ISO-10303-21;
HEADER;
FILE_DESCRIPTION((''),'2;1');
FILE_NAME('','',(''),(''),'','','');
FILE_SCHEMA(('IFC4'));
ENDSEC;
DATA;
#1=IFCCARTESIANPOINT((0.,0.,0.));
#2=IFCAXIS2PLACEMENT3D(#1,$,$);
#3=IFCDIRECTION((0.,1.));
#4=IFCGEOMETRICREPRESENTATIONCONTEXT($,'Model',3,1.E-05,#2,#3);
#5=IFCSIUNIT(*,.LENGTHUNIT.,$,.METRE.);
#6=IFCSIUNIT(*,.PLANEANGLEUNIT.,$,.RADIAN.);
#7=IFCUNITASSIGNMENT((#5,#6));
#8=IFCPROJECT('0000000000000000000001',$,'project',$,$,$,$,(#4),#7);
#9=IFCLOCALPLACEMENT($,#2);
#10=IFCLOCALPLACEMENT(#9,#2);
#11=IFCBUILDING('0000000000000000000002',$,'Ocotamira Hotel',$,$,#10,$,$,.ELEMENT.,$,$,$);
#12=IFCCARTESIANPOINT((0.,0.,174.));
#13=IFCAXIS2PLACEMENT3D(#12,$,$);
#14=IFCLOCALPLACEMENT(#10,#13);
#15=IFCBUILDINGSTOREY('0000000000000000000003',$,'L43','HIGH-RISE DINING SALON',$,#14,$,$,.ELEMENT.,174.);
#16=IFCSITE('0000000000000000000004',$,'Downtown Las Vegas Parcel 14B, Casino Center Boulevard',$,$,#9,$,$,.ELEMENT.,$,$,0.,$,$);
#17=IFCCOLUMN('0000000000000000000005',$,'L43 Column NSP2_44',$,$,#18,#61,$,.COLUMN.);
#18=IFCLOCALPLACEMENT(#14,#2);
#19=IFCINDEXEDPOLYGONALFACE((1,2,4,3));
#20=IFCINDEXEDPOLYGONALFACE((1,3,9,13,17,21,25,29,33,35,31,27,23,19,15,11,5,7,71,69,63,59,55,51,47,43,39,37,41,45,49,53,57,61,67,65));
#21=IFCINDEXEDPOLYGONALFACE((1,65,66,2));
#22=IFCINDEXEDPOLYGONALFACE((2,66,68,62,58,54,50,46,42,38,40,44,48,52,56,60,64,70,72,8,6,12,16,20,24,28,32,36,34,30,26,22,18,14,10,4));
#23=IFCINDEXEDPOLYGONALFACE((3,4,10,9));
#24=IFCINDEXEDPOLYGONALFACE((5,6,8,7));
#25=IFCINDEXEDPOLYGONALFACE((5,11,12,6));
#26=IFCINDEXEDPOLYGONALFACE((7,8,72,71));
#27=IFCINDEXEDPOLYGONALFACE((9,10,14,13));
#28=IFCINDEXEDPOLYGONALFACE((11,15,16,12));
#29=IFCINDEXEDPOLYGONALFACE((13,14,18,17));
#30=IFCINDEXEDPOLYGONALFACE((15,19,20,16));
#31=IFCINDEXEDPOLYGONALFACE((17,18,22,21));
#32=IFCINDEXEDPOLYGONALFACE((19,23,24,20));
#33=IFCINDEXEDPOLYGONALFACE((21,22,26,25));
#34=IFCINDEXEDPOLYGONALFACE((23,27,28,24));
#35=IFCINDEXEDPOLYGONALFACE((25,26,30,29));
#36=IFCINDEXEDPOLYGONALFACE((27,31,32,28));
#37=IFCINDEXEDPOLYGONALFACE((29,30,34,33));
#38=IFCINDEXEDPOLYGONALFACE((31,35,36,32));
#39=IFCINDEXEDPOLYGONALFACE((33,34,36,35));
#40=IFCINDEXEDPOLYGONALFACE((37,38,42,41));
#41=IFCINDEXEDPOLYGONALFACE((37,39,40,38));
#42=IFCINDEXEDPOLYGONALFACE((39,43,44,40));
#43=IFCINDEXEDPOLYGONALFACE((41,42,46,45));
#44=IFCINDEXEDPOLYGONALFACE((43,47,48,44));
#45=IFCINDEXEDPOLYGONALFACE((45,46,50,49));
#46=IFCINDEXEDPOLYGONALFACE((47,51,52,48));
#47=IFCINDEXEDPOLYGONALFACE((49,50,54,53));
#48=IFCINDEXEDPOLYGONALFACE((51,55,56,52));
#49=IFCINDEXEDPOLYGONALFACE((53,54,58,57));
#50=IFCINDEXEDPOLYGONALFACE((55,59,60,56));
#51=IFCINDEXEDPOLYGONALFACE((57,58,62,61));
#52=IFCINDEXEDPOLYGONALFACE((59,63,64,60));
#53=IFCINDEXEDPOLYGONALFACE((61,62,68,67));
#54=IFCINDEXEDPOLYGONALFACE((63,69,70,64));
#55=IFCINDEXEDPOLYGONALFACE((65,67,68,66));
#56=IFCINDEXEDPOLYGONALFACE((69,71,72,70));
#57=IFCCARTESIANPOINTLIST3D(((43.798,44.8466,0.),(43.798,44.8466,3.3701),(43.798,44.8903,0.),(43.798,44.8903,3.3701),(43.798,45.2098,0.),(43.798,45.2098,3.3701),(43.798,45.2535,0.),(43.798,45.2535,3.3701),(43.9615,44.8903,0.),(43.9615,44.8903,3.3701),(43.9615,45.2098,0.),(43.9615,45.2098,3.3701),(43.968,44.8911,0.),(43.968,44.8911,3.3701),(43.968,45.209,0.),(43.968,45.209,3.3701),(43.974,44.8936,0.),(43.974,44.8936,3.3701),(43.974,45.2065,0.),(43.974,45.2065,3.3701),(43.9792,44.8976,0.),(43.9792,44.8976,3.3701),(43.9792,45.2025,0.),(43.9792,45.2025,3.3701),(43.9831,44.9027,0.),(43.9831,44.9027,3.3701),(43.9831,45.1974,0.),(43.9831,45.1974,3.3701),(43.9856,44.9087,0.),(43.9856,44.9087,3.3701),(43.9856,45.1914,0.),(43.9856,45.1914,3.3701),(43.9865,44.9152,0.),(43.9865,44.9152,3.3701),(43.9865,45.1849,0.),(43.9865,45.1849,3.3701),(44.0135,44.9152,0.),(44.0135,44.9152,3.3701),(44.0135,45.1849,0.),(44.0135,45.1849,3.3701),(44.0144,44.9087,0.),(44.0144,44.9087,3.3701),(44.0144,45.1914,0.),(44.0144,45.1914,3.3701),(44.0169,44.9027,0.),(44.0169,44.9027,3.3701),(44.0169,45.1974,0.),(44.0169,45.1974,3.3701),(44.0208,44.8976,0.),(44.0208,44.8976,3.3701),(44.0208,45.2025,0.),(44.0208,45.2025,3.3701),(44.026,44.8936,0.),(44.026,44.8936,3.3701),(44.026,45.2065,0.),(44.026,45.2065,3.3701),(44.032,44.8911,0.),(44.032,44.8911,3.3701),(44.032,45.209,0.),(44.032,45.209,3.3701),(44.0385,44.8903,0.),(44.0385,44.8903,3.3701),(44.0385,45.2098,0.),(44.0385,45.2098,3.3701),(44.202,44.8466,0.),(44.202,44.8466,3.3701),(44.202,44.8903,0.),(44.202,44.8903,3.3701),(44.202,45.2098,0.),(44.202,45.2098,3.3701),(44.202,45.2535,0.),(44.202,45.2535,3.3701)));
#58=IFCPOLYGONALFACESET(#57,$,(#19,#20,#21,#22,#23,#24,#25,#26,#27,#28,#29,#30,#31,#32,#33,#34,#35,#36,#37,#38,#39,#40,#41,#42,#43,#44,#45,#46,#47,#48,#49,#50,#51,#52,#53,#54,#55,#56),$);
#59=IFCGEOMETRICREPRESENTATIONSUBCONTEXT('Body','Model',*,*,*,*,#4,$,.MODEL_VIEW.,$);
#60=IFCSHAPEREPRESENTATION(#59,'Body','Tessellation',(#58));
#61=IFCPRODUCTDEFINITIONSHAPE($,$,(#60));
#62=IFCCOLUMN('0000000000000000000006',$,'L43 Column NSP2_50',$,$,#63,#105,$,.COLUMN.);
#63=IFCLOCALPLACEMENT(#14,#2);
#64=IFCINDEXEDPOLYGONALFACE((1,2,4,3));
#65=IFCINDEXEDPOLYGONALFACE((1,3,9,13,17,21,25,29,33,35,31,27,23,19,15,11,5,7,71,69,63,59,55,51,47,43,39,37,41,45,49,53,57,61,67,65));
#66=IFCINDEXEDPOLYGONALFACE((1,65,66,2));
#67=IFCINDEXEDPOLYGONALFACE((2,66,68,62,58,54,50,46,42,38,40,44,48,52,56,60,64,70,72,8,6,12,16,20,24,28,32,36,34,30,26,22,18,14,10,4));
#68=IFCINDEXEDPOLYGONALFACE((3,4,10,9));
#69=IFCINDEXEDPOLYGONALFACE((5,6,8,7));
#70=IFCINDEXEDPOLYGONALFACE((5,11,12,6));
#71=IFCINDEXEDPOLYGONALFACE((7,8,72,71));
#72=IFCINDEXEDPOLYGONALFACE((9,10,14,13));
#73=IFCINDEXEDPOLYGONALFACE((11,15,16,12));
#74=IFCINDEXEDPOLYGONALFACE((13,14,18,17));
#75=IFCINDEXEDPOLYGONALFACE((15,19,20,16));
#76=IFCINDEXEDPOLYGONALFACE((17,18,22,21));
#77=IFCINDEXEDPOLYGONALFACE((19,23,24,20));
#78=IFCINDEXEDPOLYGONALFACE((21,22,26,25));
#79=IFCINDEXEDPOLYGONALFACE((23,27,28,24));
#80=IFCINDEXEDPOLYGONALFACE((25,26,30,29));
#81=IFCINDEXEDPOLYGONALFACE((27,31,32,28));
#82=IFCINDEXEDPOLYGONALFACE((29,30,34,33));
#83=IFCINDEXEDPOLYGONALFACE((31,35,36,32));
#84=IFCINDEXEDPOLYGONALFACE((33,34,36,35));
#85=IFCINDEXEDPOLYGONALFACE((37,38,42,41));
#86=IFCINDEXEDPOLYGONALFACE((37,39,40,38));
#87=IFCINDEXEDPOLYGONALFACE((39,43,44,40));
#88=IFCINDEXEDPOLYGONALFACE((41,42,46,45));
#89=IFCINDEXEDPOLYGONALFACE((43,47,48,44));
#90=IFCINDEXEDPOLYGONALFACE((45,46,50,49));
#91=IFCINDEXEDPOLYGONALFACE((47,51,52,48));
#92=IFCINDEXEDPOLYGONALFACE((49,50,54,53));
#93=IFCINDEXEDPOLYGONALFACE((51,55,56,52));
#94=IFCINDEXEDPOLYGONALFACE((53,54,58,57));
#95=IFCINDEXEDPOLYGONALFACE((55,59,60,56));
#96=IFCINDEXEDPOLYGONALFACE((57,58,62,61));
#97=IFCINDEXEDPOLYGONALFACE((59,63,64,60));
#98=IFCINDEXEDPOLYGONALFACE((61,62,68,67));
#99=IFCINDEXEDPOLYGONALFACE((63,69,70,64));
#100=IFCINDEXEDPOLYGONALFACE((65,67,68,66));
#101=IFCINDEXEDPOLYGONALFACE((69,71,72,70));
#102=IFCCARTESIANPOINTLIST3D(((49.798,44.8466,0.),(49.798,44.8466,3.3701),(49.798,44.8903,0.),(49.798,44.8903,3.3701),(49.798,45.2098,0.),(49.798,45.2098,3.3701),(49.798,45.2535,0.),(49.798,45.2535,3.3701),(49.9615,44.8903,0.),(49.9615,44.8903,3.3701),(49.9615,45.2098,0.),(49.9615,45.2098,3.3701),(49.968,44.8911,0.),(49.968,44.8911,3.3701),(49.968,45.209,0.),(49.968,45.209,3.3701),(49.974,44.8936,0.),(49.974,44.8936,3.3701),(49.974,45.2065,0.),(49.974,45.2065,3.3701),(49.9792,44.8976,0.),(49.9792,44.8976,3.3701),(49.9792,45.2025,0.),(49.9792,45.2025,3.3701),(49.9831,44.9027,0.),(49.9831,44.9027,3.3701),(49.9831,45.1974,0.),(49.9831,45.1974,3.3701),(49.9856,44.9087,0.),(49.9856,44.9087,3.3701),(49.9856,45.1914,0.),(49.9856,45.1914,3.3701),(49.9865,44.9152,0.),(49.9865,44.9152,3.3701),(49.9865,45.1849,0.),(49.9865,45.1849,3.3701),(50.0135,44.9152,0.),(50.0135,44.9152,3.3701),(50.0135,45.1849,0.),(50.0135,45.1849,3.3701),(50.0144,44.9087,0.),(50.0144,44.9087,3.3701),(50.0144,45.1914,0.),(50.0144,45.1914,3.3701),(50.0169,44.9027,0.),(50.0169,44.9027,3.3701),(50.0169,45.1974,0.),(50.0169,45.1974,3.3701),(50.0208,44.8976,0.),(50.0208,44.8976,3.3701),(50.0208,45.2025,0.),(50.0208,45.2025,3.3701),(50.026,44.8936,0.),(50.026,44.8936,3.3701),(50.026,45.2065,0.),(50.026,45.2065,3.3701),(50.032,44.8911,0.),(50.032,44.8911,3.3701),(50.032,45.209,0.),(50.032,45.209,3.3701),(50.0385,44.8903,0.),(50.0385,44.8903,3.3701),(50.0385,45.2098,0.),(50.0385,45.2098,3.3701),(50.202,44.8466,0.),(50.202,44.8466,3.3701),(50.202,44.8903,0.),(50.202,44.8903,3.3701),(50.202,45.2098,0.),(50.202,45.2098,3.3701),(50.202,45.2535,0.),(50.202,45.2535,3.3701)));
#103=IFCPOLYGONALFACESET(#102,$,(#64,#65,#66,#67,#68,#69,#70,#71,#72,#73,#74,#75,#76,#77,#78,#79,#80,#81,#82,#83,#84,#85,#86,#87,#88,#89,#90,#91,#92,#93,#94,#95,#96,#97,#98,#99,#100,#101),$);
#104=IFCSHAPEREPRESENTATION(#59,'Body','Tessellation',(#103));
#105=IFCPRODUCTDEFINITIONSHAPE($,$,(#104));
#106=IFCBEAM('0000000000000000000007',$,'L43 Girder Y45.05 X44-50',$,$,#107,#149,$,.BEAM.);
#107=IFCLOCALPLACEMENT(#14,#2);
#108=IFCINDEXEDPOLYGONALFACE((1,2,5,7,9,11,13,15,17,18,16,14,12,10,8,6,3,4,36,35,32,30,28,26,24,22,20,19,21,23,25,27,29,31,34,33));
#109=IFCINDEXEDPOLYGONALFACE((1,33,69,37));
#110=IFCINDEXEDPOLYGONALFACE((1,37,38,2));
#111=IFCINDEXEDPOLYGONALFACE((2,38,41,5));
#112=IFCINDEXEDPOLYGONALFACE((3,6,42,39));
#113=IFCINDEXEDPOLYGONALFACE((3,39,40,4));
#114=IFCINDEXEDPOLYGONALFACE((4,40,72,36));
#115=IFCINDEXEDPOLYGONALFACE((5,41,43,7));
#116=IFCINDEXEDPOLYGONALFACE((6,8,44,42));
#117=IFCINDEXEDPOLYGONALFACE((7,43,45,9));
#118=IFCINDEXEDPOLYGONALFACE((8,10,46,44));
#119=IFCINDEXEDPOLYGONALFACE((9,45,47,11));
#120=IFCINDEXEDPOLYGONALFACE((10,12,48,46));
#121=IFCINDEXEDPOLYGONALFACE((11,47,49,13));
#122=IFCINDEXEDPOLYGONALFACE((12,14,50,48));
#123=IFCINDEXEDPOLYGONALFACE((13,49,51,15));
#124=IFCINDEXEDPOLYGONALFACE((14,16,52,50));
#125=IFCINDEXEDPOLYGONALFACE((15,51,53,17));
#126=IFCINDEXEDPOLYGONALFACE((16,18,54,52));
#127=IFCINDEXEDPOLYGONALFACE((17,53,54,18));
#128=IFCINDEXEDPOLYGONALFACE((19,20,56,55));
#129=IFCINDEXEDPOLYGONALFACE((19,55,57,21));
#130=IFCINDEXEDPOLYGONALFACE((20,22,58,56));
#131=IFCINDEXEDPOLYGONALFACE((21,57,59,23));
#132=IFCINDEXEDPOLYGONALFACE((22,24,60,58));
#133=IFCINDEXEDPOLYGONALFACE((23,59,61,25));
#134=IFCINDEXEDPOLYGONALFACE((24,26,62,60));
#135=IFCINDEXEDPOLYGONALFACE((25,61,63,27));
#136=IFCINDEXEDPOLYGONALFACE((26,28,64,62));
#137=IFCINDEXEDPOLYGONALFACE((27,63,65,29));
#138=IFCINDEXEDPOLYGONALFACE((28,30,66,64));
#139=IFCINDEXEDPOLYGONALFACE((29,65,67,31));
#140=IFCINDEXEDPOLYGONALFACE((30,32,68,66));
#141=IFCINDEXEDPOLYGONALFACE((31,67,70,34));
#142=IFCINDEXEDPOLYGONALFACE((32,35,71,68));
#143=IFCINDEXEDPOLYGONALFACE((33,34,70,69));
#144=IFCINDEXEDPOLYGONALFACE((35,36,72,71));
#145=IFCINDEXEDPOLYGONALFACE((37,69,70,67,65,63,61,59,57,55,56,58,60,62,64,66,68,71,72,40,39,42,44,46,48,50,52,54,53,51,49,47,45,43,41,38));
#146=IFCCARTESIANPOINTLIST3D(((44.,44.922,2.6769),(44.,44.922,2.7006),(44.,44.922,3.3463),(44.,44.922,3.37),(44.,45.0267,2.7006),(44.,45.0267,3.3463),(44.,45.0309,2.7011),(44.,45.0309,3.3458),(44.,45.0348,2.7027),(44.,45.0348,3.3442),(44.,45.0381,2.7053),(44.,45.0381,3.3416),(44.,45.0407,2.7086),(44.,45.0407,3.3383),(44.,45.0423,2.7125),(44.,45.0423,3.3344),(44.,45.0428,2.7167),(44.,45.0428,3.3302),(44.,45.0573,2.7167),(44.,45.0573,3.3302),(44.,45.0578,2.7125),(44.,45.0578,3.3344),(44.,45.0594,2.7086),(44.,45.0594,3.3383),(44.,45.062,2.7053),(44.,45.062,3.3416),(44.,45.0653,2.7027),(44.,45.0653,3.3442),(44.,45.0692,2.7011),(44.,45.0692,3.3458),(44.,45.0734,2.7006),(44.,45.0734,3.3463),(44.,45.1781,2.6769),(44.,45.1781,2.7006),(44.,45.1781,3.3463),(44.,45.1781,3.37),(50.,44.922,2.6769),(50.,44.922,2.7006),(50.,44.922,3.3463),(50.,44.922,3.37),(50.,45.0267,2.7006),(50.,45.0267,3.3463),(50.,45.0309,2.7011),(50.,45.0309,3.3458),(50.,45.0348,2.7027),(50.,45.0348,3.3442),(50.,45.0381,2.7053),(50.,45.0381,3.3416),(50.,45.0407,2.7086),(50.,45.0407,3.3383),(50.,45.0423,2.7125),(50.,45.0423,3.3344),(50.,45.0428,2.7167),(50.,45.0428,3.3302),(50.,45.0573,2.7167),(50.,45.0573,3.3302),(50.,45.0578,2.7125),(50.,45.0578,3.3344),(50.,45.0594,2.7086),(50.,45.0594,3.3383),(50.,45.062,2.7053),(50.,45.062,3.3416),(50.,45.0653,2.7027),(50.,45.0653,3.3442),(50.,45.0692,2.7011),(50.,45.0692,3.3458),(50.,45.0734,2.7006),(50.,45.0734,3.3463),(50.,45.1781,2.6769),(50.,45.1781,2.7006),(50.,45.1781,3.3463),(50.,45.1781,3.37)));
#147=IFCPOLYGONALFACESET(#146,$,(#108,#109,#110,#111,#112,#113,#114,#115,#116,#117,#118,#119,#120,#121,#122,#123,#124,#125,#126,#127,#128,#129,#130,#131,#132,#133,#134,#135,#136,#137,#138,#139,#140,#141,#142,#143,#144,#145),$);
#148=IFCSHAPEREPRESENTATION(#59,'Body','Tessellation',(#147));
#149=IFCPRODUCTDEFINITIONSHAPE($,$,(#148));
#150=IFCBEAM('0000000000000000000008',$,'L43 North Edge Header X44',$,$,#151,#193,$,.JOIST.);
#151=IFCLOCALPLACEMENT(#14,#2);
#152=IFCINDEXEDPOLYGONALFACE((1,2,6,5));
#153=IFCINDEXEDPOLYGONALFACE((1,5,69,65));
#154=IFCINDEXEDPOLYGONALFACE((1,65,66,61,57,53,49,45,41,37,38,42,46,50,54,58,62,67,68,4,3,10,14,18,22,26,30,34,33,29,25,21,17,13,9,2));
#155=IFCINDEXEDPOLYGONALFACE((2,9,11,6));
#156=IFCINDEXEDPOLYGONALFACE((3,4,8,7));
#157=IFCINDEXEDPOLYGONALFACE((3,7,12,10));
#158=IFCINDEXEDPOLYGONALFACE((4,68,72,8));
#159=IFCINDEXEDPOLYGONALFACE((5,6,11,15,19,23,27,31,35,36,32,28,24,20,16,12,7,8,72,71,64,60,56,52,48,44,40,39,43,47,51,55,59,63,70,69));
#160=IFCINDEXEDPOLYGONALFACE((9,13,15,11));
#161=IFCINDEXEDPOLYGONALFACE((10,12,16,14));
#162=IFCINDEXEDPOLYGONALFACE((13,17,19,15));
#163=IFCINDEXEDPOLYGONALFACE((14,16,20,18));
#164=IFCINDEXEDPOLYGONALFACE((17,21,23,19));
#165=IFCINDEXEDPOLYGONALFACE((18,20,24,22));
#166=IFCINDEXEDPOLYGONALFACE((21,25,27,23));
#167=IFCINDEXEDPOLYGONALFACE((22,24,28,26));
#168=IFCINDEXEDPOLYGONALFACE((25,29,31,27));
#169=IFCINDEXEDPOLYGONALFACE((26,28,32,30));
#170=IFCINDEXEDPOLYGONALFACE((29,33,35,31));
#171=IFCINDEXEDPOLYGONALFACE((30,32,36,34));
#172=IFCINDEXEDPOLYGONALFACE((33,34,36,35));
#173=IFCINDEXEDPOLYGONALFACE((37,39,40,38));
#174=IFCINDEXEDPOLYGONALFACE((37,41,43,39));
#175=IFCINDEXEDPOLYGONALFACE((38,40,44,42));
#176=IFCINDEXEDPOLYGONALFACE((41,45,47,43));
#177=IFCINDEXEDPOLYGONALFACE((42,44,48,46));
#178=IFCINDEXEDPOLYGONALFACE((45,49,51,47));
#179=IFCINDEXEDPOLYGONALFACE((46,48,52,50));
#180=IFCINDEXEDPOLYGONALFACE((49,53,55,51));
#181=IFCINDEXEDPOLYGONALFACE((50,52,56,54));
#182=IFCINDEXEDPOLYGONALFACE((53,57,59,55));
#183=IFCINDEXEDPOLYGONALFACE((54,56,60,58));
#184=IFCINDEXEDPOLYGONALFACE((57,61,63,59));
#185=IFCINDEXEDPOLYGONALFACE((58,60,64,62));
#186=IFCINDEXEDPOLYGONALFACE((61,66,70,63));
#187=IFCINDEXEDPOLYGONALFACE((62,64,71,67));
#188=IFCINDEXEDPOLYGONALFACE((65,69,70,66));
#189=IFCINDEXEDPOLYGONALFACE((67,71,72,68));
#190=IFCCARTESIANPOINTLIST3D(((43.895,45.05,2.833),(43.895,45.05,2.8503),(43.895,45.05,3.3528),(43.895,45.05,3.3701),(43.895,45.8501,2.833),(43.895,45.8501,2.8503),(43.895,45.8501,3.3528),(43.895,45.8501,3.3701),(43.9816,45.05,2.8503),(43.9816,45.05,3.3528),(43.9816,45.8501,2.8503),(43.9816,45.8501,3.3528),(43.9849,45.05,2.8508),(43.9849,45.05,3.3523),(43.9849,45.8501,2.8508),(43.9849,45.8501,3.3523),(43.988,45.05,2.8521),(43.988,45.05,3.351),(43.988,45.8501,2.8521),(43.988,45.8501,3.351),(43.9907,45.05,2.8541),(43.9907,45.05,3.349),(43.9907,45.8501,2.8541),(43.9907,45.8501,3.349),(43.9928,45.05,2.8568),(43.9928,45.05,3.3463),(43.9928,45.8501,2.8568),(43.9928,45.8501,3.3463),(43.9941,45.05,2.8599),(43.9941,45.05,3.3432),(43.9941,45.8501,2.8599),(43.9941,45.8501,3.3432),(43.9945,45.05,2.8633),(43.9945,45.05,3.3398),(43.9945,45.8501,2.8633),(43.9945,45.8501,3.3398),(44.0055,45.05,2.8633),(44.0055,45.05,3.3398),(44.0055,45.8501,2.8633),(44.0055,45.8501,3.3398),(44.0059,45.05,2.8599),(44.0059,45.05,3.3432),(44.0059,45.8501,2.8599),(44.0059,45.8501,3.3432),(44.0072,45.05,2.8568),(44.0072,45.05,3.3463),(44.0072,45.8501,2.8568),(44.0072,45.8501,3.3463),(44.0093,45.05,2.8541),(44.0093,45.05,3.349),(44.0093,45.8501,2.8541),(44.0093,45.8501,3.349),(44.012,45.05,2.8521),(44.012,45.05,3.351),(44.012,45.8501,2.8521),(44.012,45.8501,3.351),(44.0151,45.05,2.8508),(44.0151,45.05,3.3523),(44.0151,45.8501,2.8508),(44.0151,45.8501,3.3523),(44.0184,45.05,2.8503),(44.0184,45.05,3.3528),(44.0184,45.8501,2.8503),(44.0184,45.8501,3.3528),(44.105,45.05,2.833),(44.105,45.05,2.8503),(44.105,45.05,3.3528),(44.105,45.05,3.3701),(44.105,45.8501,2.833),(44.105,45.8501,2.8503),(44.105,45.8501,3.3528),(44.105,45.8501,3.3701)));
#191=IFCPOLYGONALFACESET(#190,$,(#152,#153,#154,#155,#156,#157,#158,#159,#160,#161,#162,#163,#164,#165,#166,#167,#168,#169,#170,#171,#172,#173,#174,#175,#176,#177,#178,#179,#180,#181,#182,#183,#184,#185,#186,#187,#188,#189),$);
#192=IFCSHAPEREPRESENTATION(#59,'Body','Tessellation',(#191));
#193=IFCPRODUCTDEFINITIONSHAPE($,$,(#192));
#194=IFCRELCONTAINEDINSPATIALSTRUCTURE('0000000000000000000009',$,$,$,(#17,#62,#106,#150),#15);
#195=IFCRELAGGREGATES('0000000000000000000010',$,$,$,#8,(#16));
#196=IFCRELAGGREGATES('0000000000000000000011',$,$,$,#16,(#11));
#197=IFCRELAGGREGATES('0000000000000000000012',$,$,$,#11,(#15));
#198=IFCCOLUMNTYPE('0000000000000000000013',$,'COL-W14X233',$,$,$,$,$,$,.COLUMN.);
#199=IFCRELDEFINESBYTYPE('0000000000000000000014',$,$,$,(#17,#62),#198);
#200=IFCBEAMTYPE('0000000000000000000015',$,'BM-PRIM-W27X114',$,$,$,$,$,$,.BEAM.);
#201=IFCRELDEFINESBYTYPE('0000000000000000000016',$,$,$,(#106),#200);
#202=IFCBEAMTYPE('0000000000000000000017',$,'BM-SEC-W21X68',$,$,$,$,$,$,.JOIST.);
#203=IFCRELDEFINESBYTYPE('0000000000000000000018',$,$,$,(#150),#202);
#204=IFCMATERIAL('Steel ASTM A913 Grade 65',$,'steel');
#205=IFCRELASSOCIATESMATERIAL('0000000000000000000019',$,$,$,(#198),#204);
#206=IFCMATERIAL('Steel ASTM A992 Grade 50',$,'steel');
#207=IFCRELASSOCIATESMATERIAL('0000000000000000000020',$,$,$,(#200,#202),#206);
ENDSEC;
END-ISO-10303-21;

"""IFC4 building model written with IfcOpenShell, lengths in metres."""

from ifc_helpers import new_model, si_unit, direction, frame, origin, origin_2d, place, context, subcontext, project, spatial, i_section, extrude, source, transform, mapped, material, material_profile, profile_set, type_object, element, save


model = new_model("IFC4")

# Units and contexts
model_context = context("Model", 3, precision=1e-05, world=origin(), true_north=direction((0.0, 1.0)))
body_context = subcontext(model_context, "Body", "Model", "MODEL_VIEW")
ifc_project = project(units=[si_unit("LENGTHUNIT", "METRE"), si_unit("PLANEANGLEUNIT", "RADIAN")], contexts=[model_context])

# Site, building, storey
site_placement = place(None, origin())
site = spatial("IfcSite", under=ifc_project, at=site_placement, Name="Downtown Las Vegas Parcel 14B, Casino Center Boulevard", CompositionType="ELEMENT", RefElevation=0.0)
building_placement = place(site_placement, origin())
building = spatial("IfcBuilding", under=site, at=building_placement, Name="Ocotamira Hotel", CompositionType="ELEMENT")
storey_placement = place(building_placement, frame((0.0, 0.0, 174.0)))
storey = spatial("IfcBuildingStorey", under=building, at=storey_placement, Name="L43", Description="HIGH-RISE DINING SALON", CompositionType="ELEMENT", Elevation=174.0)

# Columns
ifc_material_1 = material(Name="Steel ASTM A913 Grade 65", Category="steel")
ifc_material_profile_1 = material_profile(ifc_material_1, i_section(OverallWidth=0.4041, OverallDepth=0.407, WebThickness=0.0271, FlangeThickness=0.0437, FilletRadius=0.0249, at=origin_2d()), Name="W14X233")
ifc_profile_set_1 = profile_set([ifc_material_profile_1], Name="Steel ASTM A913 Grade 65")
column_type = type_object("IfcColumnType", Name="COL-W14X233", PredefinedType="COLUMN", material=ifc_profile_set_1)
shared_shape_1 = source(origin(), body_context, "Body", "SweptSolid", [
    extrude(i_section(OverallWidth=0.4041, OverallDepth=0.407, WebThickness=0.0271, FlangeThickness=0.0437, FilletRadius=0.0249, at=origin_2d()), origin(), (0.0, 0.0, 1.0), 3.3701),
])
for number, where, z_axis, x_axis, name in (
    (1, (44.0, 45.05, 0.0), (0.0, 0.0, 1.0), (1.0, 0.0, 0.0), "L43 Column NSP2_44"),
    (2, (50.0, 45.05, 0.0), (0.0, 0.0, 1.0), (1.0, 0.0, 0.0), "L43 Column NSP2_50"),
):
    element("IfcColumn", number, at=place(storey_placement, frame(where, z_axis=z_axis, x_axis=x_axis)), inside=storey, type_object=column_type, Name=name, PredefinedType="COLUMN", context=body_context, shape_type="MappedRepresentation", body=[
        mapped(shared_shape_1, transform((0.0, 0.0, 0.0), scale=1.0)),
    ])

# Beams
ifc_material_2 = material(Name="Steel ASTM A992 Grade 50", Category="steel")
ifc_material_profile_2 = material_profile(ifc_material_2, i_section(OverallWidth=0.2561, OverallDepth=0.6931, WebThickness=0.0144, FlangeThickness=0.0237, FilletRadius=0.0161, at=origin_2d()), Name="W27X114")
ifc_profile_set_2 = profile_set([ifc_material_profile_2], Name="Steel ASTM A992 Grade 50")
beam_type_1 = type_object("IfcBeamType", Name="BM-PRIM-W27X114", PredefinedType="BEAM", material=ifc_profile_set_2)
shared_shape_2 = source(origin(), body_context, "Body", "SweptSolid", [
    extrude(i_section(OverallWidth=0.2561, OverallDepth=0.6931, WebThickness=0.0144, FlangeThickness=0.0237, FilletRadius=0.0161, at=origin_2d()), origin(), (0.0, 0.0, 1.0), 6.0),
])
beam_1_placement = place(storey_placement, frame((44.0, 45.05, 3.0234), z_axis=(1.0, 0.0, 0.0), x_axis=(0.0, 1.0, 0.0)))
element("IfcBeam", 3, at=beam_1_placement, inside=storey, type_object=beam_type_1, Name="L43 Girder Y45.05 X44-50", PredefinedType="BEAM", context=body_context, shape_type="MappedRepresentation", body=[
    mapped(shared_shape_2, transform((0.0, 0.0, 0.0), scale=1.0)),
])
ifc_material_profile_3 = material_profile(ifc_material_2, i_section(OverallWidth=0.21, OverallDepth=0.5371, WebThickness=0.011, FlangeThickness=0.0173, FilletRadius=0.0129, at=origin_2d()), Name="W21X68")
ifc_profile_set_3 = profile_set([ifc_material_profile_3], Name="Steel ASTM A992 Grade 50")
beam_type_2 = type_object("IfcBeamType", Name="BM-SEC-W21X68", PredefinedType="JOIST", material=ifc_profile_set_3)
shared_shape_3 = source(origin(), body_context, "Body", "SweptSolid", [
    extrude(i_section(OverallWidth=0.21, OverallDepth=0.5371, WebThickness=0.011, FlangeThickness=0.0173, FilletRadius=0.0129, at=origin_2d()), origin(), (0.0, 0.0, 1.0), 0.8),
])
for number, where, z_axis, x_axis, name in (
    (4, (44.0, 45.05, 3.1016), (0.0, 1.0, 0.0), (-1.0, 0.0, 0.0), "L43 North Edge Header X44"),
):
    element("IfcBeam", number, at=place(storey_placement, frame(where, z_axis=z_axis, x_axis=x_axis)), inside=storey, type_object=beam_type_2, Name=name, PredefinedType="JOIST", context=body_context, shape_type="MappedRepresentation", body=[
        mapped(shared_shape_3, transform((0.0, 0.0, 0.0), scale=1.0)),
    ])

save(model, "model.ifc")
